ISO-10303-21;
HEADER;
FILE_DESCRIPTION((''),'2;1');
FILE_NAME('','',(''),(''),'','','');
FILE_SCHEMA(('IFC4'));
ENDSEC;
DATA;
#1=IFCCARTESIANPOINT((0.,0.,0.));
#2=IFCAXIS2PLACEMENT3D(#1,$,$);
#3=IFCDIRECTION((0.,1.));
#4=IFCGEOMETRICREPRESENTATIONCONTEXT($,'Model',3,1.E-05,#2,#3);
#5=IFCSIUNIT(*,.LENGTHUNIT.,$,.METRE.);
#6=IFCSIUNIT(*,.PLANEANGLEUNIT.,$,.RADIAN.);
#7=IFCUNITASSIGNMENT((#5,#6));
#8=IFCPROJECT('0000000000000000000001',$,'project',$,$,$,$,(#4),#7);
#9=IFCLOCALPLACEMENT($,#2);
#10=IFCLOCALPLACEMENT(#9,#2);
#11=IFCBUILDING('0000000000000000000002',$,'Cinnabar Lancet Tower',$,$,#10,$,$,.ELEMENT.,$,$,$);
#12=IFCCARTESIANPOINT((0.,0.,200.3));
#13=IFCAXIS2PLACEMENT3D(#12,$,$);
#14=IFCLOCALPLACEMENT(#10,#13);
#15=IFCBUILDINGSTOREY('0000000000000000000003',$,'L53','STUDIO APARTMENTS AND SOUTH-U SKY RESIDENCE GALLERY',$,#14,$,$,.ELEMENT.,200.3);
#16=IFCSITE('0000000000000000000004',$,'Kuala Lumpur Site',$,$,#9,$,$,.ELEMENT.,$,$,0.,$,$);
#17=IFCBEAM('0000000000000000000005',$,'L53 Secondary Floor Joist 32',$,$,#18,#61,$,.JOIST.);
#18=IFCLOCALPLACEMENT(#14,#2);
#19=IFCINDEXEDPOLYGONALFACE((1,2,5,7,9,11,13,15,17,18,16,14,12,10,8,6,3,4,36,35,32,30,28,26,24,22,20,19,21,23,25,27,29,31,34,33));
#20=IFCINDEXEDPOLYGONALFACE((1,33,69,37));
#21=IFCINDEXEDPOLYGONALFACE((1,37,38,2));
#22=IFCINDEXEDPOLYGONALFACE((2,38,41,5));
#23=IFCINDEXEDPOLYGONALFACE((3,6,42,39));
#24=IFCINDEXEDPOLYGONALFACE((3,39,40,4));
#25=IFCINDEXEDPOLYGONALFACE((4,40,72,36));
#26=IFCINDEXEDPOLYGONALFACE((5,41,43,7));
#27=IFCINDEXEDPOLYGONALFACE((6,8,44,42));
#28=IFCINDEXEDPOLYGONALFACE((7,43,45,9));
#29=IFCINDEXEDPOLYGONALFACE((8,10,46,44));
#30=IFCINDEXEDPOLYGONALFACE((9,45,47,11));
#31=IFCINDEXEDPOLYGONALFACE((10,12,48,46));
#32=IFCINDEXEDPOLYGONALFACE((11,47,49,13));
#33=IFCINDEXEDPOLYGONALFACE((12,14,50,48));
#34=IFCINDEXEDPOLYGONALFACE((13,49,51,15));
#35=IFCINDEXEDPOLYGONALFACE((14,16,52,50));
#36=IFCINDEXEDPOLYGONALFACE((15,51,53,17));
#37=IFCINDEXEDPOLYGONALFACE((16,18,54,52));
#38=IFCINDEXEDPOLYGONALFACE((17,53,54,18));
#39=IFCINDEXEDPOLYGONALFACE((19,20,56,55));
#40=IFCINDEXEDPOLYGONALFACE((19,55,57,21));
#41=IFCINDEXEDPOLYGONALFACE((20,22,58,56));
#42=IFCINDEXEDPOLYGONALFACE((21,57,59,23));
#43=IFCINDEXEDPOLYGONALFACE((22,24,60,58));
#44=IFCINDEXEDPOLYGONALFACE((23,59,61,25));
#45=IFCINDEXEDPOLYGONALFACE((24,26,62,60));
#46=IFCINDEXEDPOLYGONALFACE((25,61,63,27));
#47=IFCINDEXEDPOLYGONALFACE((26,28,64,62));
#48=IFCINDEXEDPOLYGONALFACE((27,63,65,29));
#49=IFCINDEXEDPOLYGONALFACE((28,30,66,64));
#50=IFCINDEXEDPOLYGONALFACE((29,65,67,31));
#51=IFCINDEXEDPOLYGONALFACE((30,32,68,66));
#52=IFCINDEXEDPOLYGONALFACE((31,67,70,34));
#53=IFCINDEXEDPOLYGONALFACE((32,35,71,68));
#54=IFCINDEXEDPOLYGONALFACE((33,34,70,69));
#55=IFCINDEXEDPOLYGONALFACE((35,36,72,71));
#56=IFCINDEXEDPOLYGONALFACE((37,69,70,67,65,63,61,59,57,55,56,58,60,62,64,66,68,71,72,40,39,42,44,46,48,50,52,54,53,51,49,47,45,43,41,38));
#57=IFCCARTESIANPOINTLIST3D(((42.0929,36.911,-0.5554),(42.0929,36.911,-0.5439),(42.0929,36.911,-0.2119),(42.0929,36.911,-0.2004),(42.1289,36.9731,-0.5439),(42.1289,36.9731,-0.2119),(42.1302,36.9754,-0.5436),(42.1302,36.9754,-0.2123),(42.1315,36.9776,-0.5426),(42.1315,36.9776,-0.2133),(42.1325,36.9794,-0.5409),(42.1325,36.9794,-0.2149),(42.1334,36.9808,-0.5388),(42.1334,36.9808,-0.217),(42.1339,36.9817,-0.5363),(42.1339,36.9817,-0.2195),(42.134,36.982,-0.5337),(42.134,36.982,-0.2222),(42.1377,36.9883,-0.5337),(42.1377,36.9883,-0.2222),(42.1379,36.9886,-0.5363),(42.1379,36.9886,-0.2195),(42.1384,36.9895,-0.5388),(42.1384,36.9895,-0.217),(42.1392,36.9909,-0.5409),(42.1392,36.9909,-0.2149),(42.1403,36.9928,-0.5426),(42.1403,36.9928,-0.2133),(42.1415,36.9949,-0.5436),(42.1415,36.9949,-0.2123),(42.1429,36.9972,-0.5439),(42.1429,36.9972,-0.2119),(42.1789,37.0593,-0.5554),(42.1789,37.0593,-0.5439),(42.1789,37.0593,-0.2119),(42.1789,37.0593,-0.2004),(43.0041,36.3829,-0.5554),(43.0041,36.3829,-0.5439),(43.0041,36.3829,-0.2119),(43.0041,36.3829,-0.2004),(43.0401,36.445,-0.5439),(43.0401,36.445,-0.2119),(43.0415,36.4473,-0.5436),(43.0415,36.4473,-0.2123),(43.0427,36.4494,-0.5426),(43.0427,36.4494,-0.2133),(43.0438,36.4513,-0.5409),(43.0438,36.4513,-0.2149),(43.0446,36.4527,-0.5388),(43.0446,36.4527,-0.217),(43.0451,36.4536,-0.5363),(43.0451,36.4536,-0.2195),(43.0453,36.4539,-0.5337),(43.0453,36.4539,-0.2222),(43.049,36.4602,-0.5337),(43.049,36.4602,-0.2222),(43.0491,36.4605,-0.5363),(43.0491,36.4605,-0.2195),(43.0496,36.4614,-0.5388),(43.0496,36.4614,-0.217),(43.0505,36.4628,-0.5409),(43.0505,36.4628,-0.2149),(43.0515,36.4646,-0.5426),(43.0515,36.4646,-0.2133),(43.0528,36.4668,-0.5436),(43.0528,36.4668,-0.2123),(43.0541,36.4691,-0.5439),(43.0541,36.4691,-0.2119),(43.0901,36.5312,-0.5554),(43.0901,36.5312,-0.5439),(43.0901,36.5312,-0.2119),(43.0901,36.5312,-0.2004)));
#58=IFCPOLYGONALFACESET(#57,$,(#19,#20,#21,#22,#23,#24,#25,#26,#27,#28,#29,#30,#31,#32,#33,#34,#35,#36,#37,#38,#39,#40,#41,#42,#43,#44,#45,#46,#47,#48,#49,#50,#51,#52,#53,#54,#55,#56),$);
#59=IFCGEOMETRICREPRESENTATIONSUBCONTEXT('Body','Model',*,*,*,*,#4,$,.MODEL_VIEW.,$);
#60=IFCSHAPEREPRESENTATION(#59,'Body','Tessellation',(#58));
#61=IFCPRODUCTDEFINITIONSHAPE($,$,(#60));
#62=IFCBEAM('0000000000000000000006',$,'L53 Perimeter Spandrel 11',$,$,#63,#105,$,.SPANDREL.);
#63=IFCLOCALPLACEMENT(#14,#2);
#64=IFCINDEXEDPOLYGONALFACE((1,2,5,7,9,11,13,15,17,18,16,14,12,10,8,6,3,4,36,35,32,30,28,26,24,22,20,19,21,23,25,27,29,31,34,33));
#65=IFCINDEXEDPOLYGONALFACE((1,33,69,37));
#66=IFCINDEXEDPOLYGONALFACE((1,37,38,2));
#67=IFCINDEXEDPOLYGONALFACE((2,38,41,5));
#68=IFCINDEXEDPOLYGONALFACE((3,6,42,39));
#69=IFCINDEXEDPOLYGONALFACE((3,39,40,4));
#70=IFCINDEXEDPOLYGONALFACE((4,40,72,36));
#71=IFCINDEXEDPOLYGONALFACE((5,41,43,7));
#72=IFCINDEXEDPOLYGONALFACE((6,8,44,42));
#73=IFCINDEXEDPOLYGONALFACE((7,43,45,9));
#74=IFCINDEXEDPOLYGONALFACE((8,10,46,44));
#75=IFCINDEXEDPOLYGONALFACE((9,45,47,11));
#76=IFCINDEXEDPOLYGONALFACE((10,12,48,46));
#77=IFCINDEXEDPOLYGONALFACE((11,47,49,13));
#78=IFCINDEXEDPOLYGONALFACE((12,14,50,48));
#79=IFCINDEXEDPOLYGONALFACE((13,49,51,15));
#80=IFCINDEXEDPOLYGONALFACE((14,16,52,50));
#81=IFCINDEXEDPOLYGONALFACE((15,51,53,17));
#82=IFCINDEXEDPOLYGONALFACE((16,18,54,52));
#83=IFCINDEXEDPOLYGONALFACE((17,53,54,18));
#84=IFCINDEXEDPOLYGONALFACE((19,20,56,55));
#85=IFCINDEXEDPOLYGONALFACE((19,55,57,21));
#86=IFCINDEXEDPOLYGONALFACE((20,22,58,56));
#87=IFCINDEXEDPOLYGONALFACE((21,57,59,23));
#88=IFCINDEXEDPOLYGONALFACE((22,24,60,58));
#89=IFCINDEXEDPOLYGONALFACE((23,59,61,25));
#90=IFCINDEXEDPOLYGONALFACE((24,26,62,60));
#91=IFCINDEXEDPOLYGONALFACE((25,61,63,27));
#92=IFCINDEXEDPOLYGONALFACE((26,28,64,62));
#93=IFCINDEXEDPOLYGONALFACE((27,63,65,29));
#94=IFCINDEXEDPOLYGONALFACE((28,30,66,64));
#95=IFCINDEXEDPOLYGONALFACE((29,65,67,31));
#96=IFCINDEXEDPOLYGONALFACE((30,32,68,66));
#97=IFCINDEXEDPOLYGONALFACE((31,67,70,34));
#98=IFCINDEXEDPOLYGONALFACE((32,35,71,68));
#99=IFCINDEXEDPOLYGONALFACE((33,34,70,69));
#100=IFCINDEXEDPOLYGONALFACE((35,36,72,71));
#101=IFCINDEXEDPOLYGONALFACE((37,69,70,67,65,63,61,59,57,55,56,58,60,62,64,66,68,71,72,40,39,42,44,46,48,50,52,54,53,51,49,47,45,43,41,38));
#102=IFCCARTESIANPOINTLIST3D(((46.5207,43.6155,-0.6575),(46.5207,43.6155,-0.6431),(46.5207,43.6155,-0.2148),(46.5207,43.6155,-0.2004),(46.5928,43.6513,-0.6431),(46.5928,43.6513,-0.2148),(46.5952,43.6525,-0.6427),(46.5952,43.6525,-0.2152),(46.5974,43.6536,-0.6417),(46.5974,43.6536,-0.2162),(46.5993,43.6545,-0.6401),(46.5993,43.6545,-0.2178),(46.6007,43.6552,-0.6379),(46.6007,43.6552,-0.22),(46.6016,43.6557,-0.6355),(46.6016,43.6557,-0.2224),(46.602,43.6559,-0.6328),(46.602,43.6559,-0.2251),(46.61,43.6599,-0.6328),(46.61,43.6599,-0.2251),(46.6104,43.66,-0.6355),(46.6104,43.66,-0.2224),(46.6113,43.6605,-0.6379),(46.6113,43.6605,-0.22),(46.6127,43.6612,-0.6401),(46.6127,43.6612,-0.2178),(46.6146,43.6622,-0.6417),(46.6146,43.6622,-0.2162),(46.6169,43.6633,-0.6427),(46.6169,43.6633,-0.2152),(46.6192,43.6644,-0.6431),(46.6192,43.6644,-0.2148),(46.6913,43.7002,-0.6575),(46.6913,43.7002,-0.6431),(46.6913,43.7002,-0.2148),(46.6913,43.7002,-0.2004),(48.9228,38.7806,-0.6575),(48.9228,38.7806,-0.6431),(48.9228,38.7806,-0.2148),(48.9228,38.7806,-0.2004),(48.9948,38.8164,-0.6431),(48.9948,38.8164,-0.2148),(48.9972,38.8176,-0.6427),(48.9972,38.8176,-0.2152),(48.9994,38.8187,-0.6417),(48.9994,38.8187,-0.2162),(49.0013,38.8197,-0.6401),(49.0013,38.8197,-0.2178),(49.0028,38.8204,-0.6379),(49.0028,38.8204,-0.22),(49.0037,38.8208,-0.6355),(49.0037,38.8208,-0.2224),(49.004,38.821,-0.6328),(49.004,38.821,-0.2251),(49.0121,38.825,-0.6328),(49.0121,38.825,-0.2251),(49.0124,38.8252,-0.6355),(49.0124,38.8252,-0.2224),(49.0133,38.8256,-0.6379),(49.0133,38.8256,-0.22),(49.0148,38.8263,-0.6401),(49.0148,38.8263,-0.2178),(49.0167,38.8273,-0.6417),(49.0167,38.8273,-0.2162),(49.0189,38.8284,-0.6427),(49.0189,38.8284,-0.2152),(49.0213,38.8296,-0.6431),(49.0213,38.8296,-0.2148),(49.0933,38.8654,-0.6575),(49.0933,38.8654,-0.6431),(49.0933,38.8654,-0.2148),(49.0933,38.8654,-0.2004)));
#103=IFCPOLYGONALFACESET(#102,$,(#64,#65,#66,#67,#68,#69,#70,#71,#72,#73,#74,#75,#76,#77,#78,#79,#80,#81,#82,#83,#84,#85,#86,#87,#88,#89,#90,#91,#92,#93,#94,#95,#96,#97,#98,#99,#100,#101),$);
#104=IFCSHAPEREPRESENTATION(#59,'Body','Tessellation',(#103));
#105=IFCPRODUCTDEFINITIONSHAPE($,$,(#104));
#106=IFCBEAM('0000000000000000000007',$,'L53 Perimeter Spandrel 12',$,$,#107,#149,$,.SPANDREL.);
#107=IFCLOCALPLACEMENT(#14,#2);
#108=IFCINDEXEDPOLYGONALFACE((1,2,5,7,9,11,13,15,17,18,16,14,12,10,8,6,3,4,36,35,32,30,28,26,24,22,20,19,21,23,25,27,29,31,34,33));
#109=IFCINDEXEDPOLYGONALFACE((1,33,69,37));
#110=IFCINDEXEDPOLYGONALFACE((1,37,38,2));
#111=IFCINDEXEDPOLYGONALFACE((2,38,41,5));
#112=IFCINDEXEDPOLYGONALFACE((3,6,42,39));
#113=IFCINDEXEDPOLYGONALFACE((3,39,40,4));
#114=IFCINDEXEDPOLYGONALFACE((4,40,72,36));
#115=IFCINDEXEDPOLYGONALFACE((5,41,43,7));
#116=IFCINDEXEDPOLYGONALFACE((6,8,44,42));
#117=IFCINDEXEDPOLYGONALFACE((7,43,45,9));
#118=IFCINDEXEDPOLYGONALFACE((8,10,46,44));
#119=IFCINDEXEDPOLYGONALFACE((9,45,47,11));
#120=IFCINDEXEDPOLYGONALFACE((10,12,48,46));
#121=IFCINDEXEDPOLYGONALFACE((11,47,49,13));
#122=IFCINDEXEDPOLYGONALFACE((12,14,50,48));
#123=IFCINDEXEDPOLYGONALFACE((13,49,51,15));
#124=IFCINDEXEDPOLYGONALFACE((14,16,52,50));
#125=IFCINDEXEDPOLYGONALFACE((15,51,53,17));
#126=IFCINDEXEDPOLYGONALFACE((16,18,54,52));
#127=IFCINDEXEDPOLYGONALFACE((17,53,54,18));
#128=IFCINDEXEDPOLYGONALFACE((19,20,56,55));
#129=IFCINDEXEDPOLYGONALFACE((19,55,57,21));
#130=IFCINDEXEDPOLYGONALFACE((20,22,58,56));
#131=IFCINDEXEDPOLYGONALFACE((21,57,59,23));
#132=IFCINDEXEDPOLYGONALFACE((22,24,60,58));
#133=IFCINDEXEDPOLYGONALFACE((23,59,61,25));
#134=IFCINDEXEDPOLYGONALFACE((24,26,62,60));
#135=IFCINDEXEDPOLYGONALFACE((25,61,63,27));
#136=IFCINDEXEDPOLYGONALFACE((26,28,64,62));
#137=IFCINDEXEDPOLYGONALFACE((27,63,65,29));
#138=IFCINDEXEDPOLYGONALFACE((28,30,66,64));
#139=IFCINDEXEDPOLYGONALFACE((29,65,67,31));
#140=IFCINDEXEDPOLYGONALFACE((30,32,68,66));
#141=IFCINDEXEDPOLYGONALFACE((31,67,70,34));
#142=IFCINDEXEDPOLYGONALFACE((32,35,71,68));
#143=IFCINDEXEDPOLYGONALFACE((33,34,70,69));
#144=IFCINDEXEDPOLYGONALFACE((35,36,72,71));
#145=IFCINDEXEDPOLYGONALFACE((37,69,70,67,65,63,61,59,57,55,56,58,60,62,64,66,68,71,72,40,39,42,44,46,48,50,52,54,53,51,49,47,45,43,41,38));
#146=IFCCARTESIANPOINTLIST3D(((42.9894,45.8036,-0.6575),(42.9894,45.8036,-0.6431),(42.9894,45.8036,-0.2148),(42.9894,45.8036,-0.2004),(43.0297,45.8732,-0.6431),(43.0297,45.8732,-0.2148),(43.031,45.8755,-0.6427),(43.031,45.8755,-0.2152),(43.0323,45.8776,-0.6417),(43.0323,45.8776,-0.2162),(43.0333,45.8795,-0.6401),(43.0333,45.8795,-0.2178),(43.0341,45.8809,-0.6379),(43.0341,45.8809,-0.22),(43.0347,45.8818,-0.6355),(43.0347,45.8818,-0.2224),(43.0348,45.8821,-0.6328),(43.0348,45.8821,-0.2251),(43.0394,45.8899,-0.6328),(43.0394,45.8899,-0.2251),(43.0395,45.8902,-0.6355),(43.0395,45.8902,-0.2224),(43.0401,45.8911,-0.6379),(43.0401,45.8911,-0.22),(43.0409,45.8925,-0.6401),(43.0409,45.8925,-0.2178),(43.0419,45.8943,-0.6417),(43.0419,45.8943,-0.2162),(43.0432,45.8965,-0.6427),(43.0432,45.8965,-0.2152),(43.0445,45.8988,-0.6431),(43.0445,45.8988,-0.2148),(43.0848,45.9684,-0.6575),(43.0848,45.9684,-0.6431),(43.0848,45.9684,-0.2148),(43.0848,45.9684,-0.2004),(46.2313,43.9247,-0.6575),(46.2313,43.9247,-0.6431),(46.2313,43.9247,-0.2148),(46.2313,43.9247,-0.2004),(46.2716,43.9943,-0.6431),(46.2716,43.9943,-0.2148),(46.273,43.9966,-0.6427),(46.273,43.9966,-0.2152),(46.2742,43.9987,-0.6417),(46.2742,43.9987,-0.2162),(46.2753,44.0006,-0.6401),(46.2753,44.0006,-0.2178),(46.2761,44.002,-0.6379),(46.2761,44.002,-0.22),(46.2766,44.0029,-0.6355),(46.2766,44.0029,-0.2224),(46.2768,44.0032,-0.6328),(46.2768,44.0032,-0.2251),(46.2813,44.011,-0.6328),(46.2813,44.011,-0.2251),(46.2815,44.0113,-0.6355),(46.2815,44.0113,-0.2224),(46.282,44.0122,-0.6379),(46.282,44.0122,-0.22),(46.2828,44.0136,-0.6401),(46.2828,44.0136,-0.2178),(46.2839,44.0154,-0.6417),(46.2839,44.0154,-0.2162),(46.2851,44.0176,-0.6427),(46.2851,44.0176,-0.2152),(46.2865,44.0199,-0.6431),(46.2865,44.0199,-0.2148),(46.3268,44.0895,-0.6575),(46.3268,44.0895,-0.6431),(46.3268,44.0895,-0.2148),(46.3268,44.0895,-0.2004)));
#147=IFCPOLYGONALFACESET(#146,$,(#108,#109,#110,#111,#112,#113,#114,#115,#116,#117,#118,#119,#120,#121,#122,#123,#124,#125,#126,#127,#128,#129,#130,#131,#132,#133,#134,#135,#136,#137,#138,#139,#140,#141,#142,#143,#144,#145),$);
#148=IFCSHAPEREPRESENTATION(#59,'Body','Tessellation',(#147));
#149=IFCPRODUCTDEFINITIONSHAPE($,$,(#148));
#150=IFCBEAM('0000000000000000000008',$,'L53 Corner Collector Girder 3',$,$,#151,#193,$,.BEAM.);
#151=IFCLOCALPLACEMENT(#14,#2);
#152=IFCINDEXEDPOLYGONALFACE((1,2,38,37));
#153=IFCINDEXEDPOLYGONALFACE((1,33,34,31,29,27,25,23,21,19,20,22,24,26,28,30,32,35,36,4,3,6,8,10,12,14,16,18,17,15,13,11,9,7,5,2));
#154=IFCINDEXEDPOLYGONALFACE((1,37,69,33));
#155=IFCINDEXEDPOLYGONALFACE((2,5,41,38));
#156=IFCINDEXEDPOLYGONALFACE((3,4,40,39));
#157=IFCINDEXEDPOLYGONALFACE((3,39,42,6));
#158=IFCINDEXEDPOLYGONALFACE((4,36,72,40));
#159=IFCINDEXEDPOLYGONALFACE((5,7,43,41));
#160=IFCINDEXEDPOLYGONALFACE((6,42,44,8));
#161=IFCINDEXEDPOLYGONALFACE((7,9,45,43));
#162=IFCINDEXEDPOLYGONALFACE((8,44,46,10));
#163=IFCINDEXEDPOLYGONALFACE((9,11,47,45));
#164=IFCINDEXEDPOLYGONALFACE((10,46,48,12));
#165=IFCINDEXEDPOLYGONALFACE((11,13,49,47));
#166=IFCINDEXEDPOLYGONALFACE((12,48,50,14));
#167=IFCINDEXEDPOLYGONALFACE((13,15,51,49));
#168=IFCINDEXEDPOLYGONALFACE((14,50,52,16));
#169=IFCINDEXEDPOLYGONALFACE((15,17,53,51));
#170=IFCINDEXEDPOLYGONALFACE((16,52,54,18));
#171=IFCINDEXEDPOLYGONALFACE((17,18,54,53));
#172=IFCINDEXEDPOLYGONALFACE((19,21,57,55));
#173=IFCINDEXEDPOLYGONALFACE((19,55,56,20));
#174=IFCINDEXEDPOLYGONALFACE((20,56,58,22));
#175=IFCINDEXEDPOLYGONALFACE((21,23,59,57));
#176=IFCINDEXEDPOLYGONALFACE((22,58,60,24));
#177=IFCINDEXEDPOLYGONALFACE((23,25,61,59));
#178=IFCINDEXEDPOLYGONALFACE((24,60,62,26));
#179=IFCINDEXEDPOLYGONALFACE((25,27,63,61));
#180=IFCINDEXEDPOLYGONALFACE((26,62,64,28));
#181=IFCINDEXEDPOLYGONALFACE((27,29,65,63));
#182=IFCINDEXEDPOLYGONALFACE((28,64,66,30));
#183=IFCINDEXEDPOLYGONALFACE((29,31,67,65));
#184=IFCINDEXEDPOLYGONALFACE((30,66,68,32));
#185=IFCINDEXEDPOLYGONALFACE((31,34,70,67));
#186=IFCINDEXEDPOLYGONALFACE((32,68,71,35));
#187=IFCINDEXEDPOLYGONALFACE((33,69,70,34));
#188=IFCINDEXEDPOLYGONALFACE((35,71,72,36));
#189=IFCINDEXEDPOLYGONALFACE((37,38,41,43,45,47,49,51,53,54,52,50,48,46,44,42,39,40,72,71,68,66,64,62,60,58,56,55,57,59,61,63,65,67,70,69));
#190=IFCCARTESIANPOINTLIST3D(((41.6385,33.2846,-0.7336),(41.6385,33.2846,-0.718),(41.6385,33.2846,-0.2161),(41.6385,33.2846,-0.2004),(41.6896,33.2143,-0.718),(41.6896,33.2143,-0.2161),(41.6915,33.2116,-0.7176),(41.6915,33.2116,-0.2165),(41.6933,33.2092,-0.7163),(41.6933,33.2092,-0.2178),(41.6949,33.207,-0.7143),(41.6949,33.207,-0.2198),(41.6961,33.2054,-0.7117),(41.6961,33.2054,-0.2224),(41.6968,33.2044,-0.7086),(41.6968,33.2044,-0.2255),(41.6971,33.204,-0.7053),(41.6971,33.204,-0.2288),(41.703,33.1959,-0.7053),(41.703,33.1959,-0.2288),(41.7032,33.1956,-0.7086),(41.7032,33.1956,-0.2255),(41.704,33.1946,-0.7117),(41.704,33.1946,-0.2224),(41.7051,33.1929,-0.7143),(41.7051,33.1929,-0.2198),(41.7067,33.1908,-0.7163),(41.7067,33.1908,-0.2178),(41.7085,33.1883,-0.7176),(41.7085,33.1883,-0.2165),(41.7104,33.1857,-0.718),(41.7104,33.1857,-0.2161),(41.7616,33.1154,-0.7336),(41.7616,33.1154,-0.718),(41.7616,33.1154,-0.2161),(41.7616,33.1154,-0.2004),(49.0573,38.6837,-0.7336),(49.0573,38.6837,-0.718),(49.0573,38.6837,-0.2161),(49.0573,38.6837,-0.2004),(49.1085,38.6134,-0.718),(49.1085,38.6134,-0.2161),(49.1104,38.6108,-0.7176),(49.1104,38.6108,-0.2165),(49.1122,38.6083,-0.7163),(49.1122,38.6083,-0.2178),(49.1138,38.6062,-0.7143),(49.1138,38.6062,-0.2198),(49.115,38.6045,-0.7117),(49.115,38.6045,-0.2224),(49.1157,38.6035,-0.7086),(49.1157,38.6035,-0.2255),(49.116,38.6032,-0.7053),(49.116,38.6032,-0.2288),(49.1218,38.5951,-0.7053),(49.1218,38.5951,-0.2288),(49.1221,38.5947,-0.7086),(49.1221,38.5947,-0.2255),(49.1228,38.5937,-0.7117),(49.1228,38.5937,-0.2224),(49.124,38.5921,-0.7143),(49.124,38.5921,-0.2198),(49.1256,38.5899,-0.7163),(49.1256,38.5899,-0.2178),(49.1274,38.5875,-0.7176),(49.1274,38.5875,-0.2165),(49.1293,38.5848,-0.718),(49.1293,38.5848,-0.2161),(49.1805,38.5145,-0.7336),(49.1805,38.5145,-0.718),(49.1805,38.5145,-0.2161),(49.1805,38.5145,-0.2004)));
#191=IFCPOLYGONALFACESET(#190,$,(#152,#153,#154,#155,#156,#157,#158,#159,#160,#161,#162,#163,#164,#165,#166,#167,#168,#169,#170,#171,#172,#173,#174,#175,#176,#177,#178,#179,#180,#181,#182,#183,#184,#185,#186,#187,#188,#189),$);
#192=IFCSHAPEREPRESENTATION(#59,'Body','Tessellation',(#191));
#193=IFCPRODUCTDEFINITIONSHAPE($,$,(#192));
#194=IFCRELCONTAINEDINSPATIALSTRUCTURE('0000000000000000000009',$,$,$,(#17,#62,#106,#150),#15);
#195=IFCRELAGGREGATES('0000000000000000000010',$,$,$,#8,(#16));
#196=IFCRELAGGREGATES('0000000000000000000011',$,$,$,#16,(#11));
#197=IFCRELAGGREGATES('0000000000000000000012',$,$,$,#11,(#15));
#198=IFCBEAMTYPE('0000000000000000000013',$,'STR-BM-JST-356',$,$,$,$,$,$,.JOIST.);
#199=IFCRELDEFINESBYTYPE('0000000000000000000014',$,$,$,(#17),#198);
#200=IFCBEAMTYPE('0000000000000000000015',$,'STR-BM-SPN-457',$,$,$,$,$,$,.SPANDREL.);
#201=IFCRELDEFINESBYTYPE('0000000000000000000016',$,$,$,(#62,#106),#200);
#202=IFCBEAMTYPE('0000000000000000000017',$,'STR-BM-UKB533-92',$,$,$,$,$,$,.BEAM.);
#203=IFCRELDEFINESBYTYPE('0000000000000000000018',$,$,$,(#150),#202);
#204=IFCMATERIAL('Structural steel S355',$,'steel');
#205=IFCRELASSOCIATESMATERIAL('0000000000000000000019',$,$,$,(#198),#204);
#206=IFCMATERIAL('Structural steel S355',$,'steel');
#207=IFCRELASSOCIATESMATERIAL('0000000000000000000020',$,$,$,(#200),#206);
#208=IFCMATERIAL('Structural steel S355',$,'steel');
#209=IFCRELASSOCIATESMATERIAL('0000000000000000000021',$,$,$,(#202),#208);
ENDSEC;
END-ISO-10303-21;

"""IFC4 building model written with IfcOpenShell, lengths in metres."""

from ifc_helpers import new_model, si_unit, direction, frame, origin, origin_2d, place, context, subcontext, project, spatial, i_section, extrude, material, material_profile, profile_set, type_object, element, save


model = new_model("IFC4")

# Units and contexts
model_context = context("Model", 3, precision=1e-05, world=origin(), true_north=direction((0.0, 1.0)))
body_context = subcontext(model_context, "Body", "Model", "MODEL_VIEW")
ifc_project = project(units=[si_unit("LENGTHUNIT", "METRE"), si_unit("PLANEANGLEUNIT", "RADIAN")], contexts=[model_context])

# Site, building, storey
site_placement = place(None, origin())
site = spatial("IfcSite", under=ifc_project, at=site_placement, Name="Kuala Lumpur Site", CompositionType="ELEMENT", RefElevation=0.0)
building_placement = place(site_placement, origin())
building = spatial("IfcBuilding", under=site, at=building_placement, Name="Cinnabar Lancet Tower", CompositionType="ELEMENT")
storey_placement = place(building_placement, frame((0.0, 0.0, 200.3)))
storey = spatial("IfcBuildingStorey", under=building, at=storey_placement, Name="L53", Description="STUDIO APARTMENTS AND SOUTH-U SKY RESIDENCE GALLERY", CompositionType="ELEMENT", Elevation=200.3)

# Beams
ifc_material_1 = material(Name="Structural steel S355", Category="steel")
ifc_material_profile_1 = material_profile(ifc_material_1, i_section(OverallWidth=0.1714, OverallDepth=0.355, WebThickness=0.0073, FlangeThickness=0.0115, FilletRadius=0.0103, at=origin_2d()), Name="UKB 356x171x51")
ifc_profile_set_1 = profile_set([ifc_material_profile_1], Name="Structural steel S355")
beam_type_1 = type_object("IfcBeamType", Name="STR-BM-JST-356", PredefinedType="JOIST", material=ifc_profile_set_1)
beam_1_placement = place(storey_placement, frame((43.0471, 36.457, -0.3779), z_axis=(-0.865188, 0.501447, 0.0), x_axis=(-0.501447, -0.865188, 0.0)))
element("IfcBeam", 1, at=beam_1_placement, inside=storey, type_object=beam_type_1, Name="L53 Secondary Floor Joist 32", PredefinedType="JOIST", context=body_context, shape_type="SweptSolid", body=[
    extrude(i_section(OverallWidth=0.1714, OverallDepth=0.355, WebThickness=0.0073, FlangeThickness=0.0115, FilletRadius=0.0103, at=origin_2d()), origin(), (0.0, 0.0, 1.0), 1.0532),
])
ifc_material_2 = material(Name="Structural steel S355", Category="steel")
ifc_material_profile_2 = material_profile(ifc_material_2, i_section(OverallWidth=0.1904, OverallDepth=0.457, WebThickness=0.009, FlangeThickness=0.0144, FilletRadius=0.0103, at=origin_2d()), Name="UKB 457x191x74")
ifc_profile_set_2 = profile_set([ifc_material_profile_2], Name="Structural steel S355")
beam_type_2 = type_object("IfcBeamType", Name="STR-BM-SPN-457", PredefinedType="SPANDREL", material=ifc_profile_set_2)
beam_2_placement = place(storey_placement, frame((49.0081, 38.823, -0.429), z_axis=(-0.444933, 0.895564, 0.0), x_axis=(-0.895564, -0.444933, 0.0)))
element("IfcBeam", 2, at=beam_2_placement, inside=storey, type_object=beam_type_2, Name="L53 Perimeter Spandrel 11", PredefinedType="SPANDREL", context=body_context, shape_type="SweptSolid", body=[
    extrude(i_section(OverallWidth=0.1904, OverallDepth=0.457, WebThickness=0.009, FlangeThickness=0.0144, FilletRadius=0.0103, at=origin_2d()), origin(), (0.0, 0.0, 1.0), 5.3987),
])
beam_3_placement = place(storey_placement, frame((46.2791, 44.0071, -0.429), z_axis=(-0.865196, 0.501434, 0.0), x_axis=(-0.501434, -0.865196, 0.0)))
element("IfcBeam", 3, at=beam_3_placement, inside=storey, type_object=beam_type_2, Name="L53 Perimeter Spandrel 12", PredefinedType="SPANDREL", context=body_context, shape_type="SweptSolid", body=[
    extrude(i_section(OverallWidth=0.1904, OverallDepth=0.457, WebThickness=0.009, FlangeThickness=0.0144, FilletRadius=0.0103, at=origin_2d()), origin(), (0.0, 0.0, 1.0), 3.7471),
])
ifc_material_3 = material(Name="Structural steel S355", Category="steel")
ifc_material_profile_3 = material_profile(ifc_material_3, i_section(OverallWidth=0.2092, OverallDepth=0.5332, WebThickness=0.01, FlangeThickness=0.0156, FilletRadius=0.0127, at=origin_2d()), Name="UKB 533x210x92")
ifc_profile_set_3 = profile_set([ifc_material_profile_3], Name="Structural steel S355")
beam_type_3 = type_object("IfcBeamType", Name="STR-BM-UKB533-92", PredefinedType="BEAM", material=ifc_profile_set_3)
beam_4_placement = place(storey_placement, frame((49.1189, 38.5991, -0.467), z_axis=(-0.808551, -0.588426, 0.0), x_axis=(0.588426, -0.808551, 0.0)))
element("IfcBeam", 4, at=beam_4_placement, inside=storey, type_object=beam_type_3, Name="L53 Corner Collector Girder 3", PredefinedType="BEAM", context=body_context, shape_type="SweptSolid", body=[
    extrude(i_section(OverallWidth=0.2092, OverallDepth=0.5332, WebThickness=0.01, FlangeThickness=0.0156, FilletRadius=0.0127, at=origin_2d()), origin(), (0.0, 0.0, 1.0), 9.1755),
])

save(model, "model.ifc")
